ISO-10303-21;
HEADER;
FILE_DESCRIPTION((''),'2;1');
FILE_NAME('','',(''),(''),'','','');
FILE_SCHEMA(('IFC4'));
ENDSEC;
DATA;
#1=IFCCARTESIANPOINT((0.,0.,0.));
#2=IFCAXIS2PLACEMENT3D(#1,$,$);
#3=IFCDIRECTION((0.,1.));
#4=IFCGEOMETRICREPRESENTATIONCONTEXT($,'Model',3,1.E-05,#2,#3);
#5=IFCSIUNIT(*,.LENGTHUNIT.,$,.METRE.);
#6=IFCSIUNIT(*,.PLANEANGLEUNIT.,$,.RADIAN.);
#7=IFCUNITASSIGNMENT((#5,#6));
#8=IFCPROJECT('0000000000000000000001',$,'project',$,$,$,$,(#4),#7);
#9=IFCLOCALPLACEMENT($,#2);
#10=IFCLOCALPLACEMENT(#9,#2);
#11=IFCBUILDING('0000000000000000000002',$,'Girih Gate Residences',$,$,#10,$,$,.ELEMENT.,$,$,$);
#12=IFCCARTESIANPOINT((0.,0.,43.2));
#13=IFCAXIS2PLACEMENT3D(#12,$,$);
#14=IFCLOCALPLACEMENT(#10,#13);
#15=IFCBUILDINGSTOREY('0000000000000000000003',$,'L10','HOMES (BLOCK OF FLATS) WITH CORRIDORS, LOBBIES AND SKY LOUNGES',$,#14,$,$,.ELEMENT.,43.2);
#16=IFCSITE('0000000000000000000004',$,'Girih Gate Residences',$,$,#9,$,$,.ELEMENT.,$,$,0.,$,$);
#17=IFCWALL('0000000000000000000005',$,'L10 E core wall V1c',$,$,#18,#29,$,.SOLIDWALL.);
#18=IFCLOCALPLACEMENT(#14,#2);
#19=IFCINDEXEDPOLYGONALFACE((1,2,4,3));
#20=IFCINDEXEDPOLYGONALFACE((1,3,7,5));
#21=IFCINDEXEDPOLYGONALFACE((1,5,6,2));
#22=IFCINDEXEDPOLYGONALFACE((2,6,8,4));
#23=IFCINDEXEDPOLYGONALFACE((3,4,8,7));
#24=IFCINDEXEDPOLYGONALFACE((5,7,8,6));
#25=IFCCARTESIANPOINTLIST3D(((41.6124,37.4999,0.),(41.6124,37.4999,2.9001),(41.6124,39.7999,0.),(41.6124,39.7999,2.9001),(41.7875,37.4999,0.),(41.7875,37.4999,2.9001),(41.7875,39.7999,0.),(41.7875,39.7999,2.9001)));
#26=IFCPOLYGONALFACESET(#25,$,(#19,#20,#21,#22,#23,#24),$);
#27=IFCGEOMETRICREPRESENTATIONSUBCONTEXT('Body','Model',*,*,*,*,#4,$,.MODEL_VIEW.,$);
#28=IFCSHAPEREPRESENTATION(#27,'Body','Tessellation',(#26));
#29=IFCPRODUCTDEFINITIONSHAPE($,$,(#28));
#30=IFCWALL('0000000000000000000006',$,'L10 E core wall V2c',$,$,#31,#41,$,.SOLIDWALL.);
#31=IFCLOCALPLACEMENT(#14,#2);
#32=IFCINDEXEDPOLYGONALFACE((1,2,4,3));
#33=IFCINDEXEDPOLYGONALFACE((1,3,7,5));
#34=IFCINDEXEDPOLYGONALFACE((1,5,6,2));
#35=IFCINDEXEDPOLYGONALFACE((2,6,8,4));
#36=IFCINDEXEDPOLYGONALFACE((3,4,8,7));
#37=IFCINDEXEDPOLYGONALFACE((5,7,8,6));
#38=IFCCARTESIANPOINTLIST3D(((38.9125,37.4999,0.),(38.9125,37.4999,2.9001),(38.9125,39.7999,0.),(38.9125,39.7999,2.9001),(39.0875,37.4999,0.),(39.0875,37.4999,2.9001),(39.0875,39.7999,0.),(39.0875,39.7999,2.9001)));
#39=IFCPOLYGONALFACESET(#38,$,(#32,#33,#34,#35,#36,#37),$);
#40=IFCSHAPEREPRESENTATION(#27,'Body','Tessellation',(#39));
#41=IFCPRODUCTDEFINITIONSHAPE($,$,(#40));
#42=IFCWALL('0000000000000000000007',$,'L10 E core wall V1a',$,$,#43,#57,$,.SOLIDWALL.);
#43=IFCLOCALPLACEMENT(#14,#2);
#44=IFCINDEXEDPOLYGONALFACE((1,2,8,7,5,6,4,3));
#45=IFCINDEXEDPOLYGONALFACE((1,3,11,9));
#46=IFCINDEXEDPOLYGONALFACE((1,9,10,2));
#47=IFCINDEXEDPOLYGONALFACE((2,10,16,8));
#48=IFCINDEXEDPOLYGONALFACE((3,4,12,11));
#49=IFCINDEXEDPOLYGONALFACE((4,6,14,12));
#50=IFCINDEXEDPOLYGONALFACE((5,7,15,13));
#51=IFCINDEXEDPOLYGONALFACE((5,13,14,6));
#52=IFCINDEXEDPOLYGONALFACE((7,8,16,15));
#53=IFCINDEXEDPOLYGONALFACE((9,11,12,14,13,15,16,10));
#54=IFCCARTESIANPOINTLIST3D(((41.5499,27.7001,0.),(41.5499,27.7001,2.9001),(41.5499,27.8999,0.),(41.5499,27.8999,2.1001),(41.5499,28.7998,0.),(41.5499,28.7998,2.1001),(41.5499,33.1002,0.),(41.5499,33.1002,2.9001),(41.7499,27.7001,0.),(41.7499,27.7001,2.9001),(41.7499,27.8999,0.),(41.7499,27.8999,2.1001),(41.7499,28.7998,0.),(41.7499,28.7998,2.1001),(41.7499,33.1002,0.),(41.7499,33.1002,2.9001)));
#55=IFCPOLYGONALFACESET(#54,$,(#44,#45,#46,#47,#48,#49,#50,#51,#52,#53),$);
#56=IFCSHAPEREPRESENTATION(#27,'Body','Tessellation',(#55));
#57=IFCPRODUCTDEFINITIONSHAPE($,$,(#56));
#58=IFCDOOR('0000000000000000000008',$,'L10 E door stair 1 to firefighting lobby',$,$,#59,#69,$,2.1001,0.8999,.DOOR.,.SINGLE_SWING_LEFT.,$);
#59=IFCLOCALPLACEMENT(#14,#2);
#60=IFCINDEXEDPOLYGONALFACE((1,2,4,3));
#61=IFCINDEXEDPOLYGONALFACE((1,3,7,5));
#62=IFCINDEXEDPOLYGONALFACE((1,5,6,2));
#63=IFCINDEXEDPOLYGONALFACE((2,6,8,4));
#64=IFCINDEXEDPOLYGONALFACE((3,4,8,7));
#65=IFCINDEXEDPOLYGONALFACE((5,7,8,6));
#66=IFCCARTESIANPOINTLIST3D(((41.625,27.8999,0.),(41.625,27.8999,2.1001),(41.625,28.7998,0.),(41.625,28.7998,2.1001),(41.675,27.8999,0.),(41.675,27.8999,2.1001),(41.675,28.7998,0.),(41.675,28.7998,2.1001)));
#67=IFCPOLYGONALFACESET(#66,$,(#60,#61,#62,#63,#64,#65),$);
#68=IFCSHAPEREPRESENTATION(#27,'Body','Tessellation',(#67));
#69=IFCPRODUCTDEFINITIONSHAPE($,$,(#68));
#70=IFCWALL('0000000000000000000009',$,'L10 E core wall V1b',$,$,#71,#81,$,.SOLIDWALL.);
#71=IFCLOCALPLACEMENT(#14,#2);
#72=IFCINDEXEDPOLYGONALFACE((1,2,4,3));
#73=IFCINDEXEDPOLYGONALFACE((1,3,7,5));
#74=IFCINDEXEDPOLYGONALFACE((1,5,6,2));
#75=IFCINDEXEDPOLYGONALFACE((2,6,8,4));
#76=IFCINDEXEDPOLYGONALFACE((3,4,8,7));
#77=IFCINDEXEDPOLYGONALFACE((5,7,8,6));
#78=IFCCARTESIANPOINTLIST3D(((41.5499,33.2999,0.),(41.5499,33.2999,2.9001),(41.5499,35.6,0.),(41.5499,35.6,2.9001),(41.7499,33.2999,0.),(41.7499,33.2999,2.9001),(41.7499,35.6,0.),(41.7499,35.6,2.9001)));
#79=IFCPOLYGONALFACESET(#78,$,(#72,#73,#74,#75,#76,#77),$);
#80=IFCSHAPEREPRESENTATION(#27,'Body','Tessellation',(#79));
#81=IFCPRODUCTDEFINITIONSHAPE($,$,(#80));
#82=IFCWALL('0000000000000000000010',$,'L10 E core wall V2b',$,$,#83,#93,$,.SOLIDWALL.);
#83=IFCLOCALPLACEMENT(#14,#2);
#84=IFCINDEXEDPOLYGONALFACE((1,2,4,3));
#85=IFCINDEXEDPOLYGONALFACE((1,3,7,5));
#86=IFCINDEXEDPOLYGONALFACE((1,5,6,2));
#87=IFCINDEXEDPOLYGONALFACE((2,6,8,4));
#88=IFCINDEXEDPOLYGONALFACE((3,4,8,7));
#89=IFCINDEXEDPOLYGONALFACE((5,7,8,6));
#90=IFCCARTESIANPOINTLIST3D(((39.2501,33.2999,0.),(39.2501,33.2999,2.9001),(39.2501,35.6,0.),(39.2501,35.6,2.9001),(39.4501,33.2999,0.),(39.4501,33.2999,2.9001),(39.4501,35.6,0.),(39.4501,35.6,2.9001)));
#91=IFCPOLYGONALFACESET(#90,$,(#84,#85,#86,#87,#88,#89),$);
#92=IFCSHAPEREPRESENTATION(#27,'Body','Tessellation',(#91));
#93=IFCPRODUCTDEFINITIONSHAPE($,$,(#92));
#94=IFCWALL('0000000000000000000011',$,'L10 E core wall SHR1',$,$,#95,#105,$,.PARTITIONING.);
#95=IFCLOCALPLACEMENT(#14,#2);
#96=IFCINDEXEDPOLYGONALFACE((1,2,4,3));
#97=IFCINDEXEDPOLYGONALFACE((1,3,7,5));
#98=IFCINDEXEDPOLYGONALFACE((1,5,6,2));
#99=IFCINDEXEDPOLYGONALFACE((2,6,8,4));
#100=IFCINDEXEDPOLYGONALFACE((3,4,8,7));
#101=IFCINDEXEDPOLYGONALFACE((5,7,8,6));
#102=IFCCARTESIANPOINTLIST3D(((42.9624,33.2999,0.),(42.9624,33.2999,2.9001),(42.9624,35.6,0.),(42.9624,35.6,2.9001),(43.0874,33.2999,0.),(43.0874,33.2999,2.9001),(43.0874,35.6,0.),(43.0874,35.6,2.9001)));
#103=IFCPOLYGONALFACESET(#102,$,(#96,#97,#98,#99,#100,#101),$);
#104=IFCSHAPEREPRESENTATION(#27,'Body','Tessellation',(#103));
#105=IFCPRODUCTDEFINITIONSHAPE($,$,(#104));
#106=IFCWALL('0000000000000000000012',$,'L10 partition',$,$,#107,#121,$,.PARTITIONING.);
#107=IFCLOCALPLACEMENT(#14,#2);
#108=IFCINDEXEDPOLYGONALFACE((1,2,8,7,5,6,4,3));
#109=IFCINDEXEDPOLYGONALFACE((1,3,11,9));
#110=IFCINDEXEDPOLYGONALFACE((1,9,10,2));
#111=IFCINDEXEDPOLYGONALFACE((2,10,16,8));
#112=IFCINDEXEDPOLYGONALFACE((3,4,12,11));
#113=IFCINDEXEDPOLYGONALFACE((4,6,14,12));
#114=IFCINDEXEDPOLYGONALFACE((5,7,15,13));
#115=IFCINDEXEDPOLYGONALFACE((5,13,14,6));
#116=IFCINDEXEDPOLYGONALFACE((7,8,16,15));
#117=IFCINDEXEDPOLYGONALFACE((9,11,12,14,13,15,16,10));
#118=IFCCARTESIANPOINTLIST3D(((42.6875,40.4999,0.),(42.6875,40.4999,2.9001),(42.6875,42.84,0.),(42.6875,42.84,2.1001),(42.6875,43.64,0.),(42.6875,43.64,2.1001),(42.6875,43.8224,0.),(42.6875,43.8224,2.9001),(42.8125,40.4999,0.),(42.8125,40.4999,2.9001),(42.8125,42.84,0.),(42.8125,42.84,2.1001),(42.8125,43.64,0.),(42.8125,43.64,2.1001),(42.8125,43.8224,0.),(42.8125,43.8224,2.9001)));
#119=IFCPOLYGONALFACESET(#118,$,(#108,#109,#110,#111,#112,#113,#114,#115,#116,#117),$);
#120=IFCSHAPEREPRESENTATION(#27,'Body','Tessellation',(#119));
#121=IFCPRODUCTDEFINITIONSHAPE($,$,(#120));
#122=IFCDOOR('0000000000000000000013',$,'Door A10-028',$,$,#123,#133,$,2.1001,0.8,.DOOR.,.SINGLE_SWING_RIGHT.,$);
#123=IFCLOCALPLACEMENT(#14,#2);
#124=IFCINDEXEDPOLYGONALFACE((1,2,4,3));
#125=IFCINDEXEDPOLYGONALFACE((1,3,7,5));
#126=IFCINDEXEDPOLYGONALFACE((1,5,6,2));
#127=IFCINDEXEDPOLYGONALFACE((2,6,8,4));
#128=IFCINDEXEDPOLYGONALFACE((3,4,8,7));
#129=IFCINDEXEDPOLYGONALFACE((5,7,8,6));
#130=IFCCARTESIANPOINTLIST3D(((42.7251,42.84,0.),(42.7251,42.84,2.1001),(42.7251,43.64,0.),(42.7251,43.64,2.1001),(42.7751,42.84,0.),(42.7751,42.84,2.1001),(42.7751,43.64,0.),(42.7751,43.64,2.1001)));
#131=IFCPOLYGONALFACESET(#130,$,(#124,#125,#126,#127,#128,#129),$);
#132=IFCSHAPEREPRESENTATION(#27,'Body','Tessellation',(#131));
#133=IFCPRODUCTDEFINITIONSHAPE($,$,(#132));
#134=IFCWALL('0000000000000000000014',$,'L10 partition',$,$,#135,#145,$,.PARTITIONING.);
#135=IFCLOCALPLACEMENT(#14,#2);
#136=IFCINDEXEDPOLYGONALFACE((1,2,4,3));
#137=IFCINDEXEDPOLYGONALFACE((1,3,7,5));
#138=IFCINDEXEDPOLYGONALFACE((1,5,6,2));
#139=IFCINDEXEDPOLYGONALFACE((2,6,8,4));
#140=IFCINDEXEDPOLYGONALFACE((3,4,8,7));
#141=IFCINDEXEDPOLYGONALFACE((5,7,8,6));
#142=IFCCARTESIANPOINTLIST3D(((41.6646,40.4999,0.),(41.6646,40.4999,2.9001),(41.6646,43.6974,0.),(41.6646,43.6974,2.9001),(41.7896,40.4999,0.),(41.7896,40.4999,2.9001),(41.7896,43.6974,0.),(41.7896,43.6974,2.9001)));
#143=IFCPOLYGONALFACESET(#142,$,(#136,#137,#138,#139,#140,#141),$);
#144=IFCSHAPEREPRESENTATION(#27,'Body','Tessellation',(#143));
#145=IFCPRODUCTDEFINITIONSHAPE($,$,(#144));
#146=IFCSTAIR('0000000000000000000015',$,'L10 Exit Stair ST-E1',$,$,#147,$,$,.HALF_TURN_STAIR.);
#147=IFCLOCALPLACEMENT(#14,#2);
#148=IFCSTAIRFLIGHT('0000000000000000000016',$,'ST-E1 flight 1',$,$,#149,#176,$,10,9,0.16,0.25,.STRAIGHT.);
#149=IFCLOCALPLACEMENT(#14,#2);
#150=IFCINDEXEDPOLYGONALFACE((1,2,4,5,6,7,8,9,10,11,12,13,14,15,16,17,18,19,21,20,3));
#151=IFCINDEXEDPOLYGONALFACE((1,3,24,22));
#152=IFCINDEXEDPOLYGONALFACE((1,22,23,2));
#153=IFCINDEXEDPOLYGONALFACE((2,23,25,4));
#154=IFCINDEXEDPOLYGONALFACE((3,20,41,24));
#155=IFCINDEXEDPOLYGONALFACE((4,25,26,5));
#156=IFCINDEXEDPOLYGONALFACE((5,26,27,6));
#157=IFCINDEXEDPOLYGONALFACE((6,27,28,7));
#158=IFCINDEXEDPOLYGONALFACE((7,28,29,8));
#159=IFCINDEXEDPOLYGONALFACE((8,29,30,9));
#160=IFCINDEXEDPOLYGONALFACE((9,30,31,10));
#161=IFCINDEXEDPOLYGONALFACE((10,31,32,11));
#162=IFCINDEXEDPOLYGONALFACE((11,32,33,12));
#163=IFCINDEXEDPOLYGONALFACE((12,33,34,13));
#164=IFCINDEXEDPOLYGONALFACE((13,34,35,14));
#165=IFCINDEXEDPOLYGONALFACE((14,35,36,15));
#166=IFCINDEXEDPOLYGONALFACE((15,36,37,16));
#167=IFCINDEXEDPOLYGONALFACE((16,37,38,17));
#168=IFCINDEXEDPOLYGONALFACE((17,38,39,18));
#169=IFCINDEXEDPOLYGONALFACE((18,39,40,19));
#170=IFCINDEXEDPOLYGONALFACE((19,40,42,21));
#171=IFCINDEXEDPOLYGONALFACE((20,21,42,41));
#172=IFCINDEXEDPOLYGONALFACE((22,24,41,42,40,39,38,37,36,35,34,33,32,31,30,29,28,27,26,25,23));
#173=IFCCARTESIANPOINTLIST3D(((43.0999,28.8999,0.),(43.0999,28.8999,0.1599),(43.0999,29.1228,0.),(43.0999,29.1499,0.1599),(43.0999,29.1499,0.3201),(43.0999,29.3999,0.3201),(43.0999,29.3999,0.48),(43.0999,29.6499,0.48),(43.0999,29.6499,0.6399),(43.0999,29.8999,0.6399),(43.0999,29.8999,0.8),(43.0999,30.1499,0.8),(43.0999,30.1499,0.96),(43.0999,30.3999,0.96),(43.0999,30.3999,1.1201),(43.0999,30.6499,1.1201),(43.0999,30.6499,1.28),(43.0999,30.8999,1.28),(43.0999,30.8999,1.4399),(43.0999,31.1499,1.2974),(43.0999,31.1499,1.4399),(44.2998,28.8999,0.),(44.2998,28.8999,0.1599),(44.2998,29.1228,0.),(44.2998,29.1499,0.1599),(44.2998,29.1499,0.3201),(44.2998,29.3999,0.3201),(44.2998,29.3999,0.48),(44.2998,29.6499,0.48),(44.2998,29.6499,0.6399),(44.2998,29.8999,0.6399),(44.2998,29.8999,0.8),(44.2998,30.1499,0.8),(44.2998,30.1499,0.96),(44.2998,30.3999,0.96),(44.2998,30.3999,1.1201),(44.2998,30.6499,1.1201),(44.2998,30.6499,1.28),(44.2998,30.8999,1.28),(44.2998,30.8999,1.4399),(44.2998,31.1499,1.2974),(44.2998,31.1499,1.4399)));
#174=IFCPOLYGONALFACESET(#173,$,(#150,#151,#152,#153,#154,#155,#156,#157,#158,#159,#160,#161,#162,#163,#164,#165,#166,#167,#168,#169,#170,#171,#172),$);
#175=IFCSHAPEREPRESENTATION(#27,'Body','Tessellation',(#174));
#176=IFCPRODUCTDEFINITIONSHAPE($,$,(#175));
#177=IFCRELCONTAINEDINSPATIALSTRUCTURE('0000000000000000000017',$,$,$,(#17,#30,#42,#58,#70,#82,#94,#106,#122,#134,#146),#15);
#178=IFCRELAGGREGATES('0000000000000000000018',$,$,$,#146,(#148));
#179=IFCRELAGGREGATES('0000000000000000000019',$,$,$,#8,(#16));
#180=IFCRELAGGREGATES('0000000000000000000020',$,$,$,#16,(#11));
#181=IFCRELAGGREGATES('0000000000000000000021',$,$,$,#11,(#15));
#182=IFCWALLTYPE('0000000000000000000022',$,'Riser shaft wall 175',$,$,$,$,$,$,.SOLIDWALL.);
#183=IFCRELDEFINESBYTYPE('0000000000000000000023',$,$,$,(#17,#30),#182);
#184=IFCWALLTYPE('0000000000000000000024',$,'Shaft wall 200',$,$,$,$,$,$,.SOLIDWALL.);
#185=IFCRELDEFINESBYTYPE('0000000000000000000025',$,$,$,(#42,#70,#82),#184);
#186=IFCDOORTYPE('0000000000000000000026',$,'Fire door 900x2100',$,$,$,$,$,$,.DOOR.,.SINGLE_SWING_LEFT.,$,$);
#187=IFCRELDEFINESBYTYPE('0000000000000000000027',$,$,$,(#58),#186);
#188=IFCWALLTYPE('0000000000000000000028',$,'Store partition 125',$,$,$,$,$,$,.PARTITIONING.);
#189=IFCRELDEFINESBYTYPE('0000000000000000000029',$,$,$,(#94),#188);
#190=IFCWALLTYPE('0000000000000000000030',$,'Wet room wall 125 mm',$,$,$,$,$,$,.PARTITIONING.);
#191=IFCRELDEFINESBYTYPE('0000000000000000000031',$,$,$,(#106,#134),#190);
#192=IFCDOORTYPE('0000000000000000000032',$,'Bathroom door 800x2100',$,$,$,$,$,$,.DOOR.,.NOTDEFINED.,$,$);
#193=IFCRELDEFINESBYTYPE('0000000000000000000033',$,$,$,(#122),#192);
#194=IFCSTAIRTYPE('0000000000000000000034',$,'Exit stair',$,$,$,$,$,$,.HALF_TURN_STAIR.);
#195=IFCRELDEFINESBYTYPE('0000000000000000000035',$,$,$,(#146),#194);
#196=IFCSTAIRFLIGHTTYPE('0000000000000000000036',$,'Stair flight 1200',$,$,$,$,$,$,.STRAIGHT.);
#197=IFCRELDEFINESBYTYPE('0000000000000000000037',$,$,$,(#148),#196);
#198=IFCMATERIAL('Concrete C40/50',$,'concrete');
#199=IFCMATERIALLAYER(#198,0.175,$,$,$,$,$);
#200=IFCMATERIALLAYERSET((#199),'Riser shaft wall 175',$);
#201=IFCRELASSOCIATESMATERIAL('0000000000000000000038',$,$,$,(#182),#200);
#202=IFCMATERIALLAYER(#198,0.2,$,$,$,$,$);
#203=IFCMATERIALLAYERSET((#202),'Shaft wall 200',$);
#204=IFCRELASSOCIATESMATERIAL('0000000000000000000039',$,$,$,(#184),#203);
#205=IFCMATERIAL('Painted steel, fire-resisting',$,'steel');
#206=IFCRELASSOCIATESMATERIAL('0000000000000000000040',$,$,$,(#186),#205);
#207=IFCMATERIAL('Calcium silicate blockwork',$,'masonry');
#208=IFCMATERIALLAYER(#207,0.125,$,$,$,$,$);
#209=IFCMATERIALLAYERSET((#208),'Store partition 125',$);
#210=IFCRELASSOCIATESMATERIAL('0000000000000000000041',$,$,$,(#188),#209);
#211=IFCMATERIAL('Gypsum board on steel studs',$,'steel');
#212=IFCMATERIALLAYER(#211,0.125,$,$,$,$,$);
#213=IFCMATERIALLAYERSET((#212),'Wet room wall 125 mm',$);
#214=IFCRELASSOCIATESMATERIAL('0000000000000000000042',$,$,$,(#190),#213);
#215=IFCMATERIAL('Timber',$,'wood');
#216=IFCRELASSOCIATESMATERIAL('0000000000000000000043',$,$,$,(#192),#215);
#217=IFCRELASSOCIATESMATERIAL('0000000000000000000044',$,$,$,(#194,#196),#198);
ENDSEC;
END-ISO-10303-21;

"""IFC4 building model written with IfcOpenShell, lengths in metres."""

from ifc_helpers import new_model, si_unit, direction, frame, frame_2d, origin, place, context, subcontext, project, spatial, polyline, rectangle, outline, extrude, material, layer, layer_set, type_object, element, fill, aggregate, save


model = new_model("IFC4")

# Units and contexts
model_context = context("Model", 3, precision=1e-05, world=origin(), true_north=direction((0.0, 1.0)))
body_context = subcontext(model_context, "Body", "Model", "MODEL_VIEW")
ifc_project = project(units=[si_unit("LENGTHUNIT", "METRE"), si_unit("PLANEANGLEUNIT", "RADIAN")], contexts=[model_context])

# Site, building, storey
site_placement = place(None, origin())
site = spatial("IfcSite", under=ifc_project, at=site_placement, Name="Girih Gate Residences", CompositionType="ELEMENT", RefElevation=0.0)
building_placement = place(site_placement, origin())
building = spatial("IfcBuilding", under=site, at=building_placement, Name="Girih Gate Residences", CompositionType="ELEMENT")
storey_placement = place(building_placement, frame((0.0, 0.0, 43.2)))
storey = spatial("IfcBuildingStorey", under=building, at=storey_placement, Name="L10", Description="HOMES (BLOCK OF FLATS) WITH CORRIDORS, LOBBIES AND SKY LOUNGES", CompositionType="ELEMENT", Elevation=43.2)

# Shared definitions
ifc_material_1 = material(Name="Gypsum board on steel studs", Category="steel")

# Walls
ifc_material_2 = material(Name="Concrete C40/50", Category="concrete")
ifc_layer_1 = layer(ifc_material_2, 0.175)
ifc_layer_set_1 = layer_set([ifc_layer_1], Name="Riser shaft wall 175")
wall_type_1 = type_object("IfcWallType", Name="Riser shaft wall 175", PredefinedType="SOLIDWALL", material=ifc_layer_set_1)
for number, where, z_axis, x_axis, name in (
    (1, (41.7, 37.5, 0.0), (0.0, 0.0, 1.0), (0.0, 1.0, 0.0), "L10 E core wall V1c"),
    (2, (39.0, 37.5, 0.0), (0.0, 0.0, 1.0), (0.0, 1.0, 0.0), "L10 E core wall V2c"),
):
    element("IfcWall", number, at=place(storey_placement, frame(where, z_axis=z_axis, x_axis=x_axis)), inside=storey, type_object=wall_type_1, Name=name, PredefinedType="SOLIDWALL", context=body_context, shape_type="SweptSolid", body=[
        extrude(rectangle(XDim=2.3, YDim=0.175, at=frame_2d((1.1499, 0.0))), origin(), (0.0, 0.0, 1.0), 2.9001),
    ])

# Wall, opening, door
ifc_layer_2 = layer(ifc_material_2, 0.2)
ifc_layer_set_2 = layer_set([ifc_layer_2], Name="Shaft wall 200")
wall_type_2 = type_object("IfcWallType", Name="Shaft wall 200", PredefinedType="SOLIDWALL", material=ifc_layer_set_2)
wall_1_placement = place(storey_placement, frame((41.6499, 27.7, 0.0), z_axis=(0.0, 0.0, 1.0), x_axis=(0.0, 1.0, 0.0)))
wall_1 = element("IfcWall", 3, at=wall_1_placement, inside=storey, type_object=wall_type_2, Name="L10 E core wall V1a", PredefinedType="SOLIDWALL", context=body_context, shape_type="SweptSolid", body=[
    extrude(rectangle(XDim=5.4001, YDim=0.2, at=frame_2d((2.7002, 0.0))), origin(), (0.0, 0.0, 1.0), 2.9001),
])
opening_1_placement = place(wall_1_placement, frame((0.2, 0.0, 0.0)))
opening_1 = element("IfcOpeningElement", 4, at=opening_1_placement, cuts=wall_1, PredefinedType="OPENING", context=body_context, shape_type="SweptSolid", body=[
    extrude(rectangle(XDim=0.8999, YDim=2.1001, at=frame_2d((0.45, 1.05))), frame((0.0, 0.1099, 0.0), z_axis=(0.0, -1.0, 0.0), x_axis=(1.0, 0.0, 0.0)), (0.0, 0.0, 1.0), 0.22),
])
ifc_material_3 = material(Name="Painted steel, fire-resisting", Category="steel")
door_type_1 = type_object("IfcDoorType", Name="Fire door 900x2100", OperationType="SINGLE_SWING_LEFT", PredefinedType="DOOR", material=ifc_material_3)
door_1_placement = place(opening_1_placement, origin())
door_1 = element("IfcDoor", 5, at=door_1_placement, inside=storey, type_object=door_type_1, Name="L10 E door stair 1 to firefighting lobby", OperationType="SINGLE_SWING_LEFT", OverallHeight=2.1001, OverallWidth=0.8999, PredefinedType="DOOR", context=body_context, shape_type="SweptSolid", body=[
    extrude(rectangle(XDim=0.8999, YDim=2.1001, at=frame_2d((0.45, 1.05))), frame((0.0, 0.0249, 0.0), z_axis=(0.0, -1.0, 0.0), x_axis=(1.0, 0.0, 0.0)), (0.0, 0.0, 1.0), 0.05),
])
fill(opening_1, door_1)

# Walls
for number, where, z_axis, x_axis, name in (
    (6, (41.6499, 33.3, 0.0), (0.0, 0.0, 1.0), (0.0, 1.0, 0.0), "L10 E core wall V1b"),
    (7, (39.3501, 33.3, 0.0), (0.0, 0.0, 1.0), (0.0, 1.0, 0.0), "L10 E core wall V2b"),
):
    element("IfcWall", number, at=place(storey_placement, frame(where, z_axis=z_axis, x_axis=x_axis)), inside=storey, type_object=wall_type_2, Name=name, PredefinedType="SOLIDWALL", context=body_context, shape_type="SweptSolid", body=[
        extrude(rectangle(XDim=2.3, YDim=0.2, at=frame_2d((1.1499, 0.0))), origin(), (0.0, 0.0, 1.0), 2.9001),
    ])
ifc_material_4 = material(Name="Calcium silicate blockwork", Category="masonry")
ifc_layer_3 = layer(ifc_material_4, 0.125)
ifc_layer_set_3 = layer_set([ifc_layer_3], Name="Store partition 125")
wall_type_3 = type_object("IfcWallType", Name="Store partition 125", PredefinedType="PARTITIONING", material=ifc_layer_set_3)
wall_2_placement = place(storey_placement, frame((43.0249, 33.3, 0.0), z_axis=(0.0, 0.0, 1.0), x_axis=(0.0, 1.0, 0.0)))
element("IfcWall", 8, at=wall_2_placement, inside=storey, type_object=wall_type_3, Name="L10 E core wall SHR1", PredefinedType="PARTITIONING", context=body_context, shape_type="SweptSolid", body=[
    extrude(rectangle(XDim=2.3, YDim=0.125, at=frame_2d((1.1499, 0.0))), origin(), (0.0, 0.0, 1.0), 2.9001),
])

# Wall, opening, door
ifc_layer_4 = layer(ifc_material_1, 0.125)
ifc_layer_set_4 = layer_set([ifc_layer_4], Name="Wet room wall 125 mm")
wall_type_4 = type_object("IfcWallType", Name="Wet room wall 125 mm", PredefinedType="PARTITIONING", material=ifc_layer_set_4)
wall_3_placement = place(storey_placement, frame((42.75, 40.5, 0.0), z_axis=(0.0, 0.0, 1.0), x_axis=(0.0, 1.0, 0.0)))
wall_3 = element("IfcWall", 9, at=wall_3_placement, inside=storey, type_object=wall_type_4, Name="L10 partition", PredefinedType="PARTITIONING", context=body_context, shape_type="SweptSolid", body=[
    extrude(rectangle(XDim=3.3225, YDim=0.125, at=frame_2d((1.6611, 0.0))), origin(), (0.0, 0.0, 1.0), 2.9001),
])
opening_2_placement = place(wall_3_placement, frame((2.3401, 0.0, 0.0)))
opening_2 = element("IfcOpeningElement", 10, at=opening_2_placement, cuts=wall_3, PredefinedType="OPENING", context=body_context, shape_type="SweptSolid", body=[
    extrude(rectangle(XDim=0.8, YDim=2.1001, at=frame_2d((0.3999, 1.05))), frame((0.0, 0.0725, 0.0), z_axis=(0.0, -1.0, 0.0), x_axis=(1.0, 0.0, 0.0)), (0.0, 0.0, 1.0), 0.145),
])
ifc_material_5 = material(Name="Timber", Category="wood")
door_type_2 = type_object("IfcDoorType", Name="Bathroom door 800x2100", OperationType="NOTDEFINED", PredefinedType="DOOR", material=ifc_material_5)
door_2_placement = place(opening_2_placement, origin())
door_2 = element("IfcDoor", 11, at=door_2_placement, inside=storey, type_object=door_type_2, Name="Door A10-028", OperationType="SINGLE_SWING_RIGHT", OverallHeight=2.1001, OverallWidth=0.8, PredefinedType="DOOR", context=body_context, shape_type="SweptSolid", body=[
    extrude(rectangle(XDim=0.8, YDim=2.1001, at=frame_2d((0.3999, 1.05))), frame((0.0, 0.0249, 0.0), z_axis=(0.0, -1.0, 0.0), x_axis=(1.0, 0.0, 0.0)), (0.0, 0.0, 1.0), 0.05),
])
fill(opening_2, door_2)

# Wall
wall_4_placement = place(storey_placement, frame((41.7271, 40.5, 0.0), z_axis=(0.0, 0.0, 1.0), x_axis=(0.0, 1.0, 0.0)))
element("IfcWall", 12, at=wall_4_placement, inside=storey, type_object=wall_type_4, Name="L10 partition", PredefinedType="PARTITIONING", context=body_context, shape_type="SweptSolid", body=[
    extrude(rectangle(XDim=3.1975, YDim=0.125, at=frame_2d((1.5986, 0.0))), origin(), (0.0, 0.0, 1.0), 2.9001),
])

# Stair, stair flight
stair_type = type_object("IfcStairType", Name="Exit stair", PredefinedType="HALF_TURN_STAIR", material=ifc_material_2)
stair_1_placement = place(storey_placement, origin())
stair_1 = element("IfcStair", 13, at=stair_1_placement, inside=storey, type_object=stair_type, Name="L10 Exit Stair ST-E1", PredefinedType="HALF_TURN_STAIR")
stair_flight_type = type_object("IfcStairFlightType", Name="Stair flight 1200", PredefinedType="STRAIGHT", material=ifc_material_2)
stair_flight_1_placement = place(storey_placement, frame((43.7, 28.8999, 0.0), z_axis=(0.0, 0.0, 1.0), x_axis=(0.0, 1.0, 0.0)))
stair_flight_1 = element("IfcStairFlight", 14, at=stair_flight_1_placement, type_object=stair_flight_type, Name="ST-E1 flight 1", NumberOfRisers=10, NumberOfTreads=9, PredefinedType="STRAIGHT", RiserHeight=0.16, TreadLength=0.25, context=body_context, shape_type="SweptSolid", body=[
    extrude(outline(polyline([(0.0, 0.0), (0.0, 0.1599), (0.25, 0.1599), (0.25, 0.3201), (0.5, 0.3201), (0.5, 0.48), (0.75, 0.48), (0.75, 0.6399), (1.0, 0.6399), (1.0, 0.8), (1.25, 0.8), (1.25, 0.96), (1.5, 0.96), (1.5, 1.1201), (1.75, 1.1201), (1.75, 1.28), (2.0, 1.28), (2.0, 1.4399), (2.25, 1.4399), (2.25, 1.6001), (2.25, 1.2974), (0.2229, 0.0), (0.0, 0.0)])), frame((0.0, 0.6001, 0.0), z_axis=(0.0, -1.0, 0.0), x_axis=(1.0, 0.0, 0.0)), (0.0, 0.0, 1.0), 1.2),
])
aggregate(stair_1, [stair_flight_1])

save(model, "model.ifc")
